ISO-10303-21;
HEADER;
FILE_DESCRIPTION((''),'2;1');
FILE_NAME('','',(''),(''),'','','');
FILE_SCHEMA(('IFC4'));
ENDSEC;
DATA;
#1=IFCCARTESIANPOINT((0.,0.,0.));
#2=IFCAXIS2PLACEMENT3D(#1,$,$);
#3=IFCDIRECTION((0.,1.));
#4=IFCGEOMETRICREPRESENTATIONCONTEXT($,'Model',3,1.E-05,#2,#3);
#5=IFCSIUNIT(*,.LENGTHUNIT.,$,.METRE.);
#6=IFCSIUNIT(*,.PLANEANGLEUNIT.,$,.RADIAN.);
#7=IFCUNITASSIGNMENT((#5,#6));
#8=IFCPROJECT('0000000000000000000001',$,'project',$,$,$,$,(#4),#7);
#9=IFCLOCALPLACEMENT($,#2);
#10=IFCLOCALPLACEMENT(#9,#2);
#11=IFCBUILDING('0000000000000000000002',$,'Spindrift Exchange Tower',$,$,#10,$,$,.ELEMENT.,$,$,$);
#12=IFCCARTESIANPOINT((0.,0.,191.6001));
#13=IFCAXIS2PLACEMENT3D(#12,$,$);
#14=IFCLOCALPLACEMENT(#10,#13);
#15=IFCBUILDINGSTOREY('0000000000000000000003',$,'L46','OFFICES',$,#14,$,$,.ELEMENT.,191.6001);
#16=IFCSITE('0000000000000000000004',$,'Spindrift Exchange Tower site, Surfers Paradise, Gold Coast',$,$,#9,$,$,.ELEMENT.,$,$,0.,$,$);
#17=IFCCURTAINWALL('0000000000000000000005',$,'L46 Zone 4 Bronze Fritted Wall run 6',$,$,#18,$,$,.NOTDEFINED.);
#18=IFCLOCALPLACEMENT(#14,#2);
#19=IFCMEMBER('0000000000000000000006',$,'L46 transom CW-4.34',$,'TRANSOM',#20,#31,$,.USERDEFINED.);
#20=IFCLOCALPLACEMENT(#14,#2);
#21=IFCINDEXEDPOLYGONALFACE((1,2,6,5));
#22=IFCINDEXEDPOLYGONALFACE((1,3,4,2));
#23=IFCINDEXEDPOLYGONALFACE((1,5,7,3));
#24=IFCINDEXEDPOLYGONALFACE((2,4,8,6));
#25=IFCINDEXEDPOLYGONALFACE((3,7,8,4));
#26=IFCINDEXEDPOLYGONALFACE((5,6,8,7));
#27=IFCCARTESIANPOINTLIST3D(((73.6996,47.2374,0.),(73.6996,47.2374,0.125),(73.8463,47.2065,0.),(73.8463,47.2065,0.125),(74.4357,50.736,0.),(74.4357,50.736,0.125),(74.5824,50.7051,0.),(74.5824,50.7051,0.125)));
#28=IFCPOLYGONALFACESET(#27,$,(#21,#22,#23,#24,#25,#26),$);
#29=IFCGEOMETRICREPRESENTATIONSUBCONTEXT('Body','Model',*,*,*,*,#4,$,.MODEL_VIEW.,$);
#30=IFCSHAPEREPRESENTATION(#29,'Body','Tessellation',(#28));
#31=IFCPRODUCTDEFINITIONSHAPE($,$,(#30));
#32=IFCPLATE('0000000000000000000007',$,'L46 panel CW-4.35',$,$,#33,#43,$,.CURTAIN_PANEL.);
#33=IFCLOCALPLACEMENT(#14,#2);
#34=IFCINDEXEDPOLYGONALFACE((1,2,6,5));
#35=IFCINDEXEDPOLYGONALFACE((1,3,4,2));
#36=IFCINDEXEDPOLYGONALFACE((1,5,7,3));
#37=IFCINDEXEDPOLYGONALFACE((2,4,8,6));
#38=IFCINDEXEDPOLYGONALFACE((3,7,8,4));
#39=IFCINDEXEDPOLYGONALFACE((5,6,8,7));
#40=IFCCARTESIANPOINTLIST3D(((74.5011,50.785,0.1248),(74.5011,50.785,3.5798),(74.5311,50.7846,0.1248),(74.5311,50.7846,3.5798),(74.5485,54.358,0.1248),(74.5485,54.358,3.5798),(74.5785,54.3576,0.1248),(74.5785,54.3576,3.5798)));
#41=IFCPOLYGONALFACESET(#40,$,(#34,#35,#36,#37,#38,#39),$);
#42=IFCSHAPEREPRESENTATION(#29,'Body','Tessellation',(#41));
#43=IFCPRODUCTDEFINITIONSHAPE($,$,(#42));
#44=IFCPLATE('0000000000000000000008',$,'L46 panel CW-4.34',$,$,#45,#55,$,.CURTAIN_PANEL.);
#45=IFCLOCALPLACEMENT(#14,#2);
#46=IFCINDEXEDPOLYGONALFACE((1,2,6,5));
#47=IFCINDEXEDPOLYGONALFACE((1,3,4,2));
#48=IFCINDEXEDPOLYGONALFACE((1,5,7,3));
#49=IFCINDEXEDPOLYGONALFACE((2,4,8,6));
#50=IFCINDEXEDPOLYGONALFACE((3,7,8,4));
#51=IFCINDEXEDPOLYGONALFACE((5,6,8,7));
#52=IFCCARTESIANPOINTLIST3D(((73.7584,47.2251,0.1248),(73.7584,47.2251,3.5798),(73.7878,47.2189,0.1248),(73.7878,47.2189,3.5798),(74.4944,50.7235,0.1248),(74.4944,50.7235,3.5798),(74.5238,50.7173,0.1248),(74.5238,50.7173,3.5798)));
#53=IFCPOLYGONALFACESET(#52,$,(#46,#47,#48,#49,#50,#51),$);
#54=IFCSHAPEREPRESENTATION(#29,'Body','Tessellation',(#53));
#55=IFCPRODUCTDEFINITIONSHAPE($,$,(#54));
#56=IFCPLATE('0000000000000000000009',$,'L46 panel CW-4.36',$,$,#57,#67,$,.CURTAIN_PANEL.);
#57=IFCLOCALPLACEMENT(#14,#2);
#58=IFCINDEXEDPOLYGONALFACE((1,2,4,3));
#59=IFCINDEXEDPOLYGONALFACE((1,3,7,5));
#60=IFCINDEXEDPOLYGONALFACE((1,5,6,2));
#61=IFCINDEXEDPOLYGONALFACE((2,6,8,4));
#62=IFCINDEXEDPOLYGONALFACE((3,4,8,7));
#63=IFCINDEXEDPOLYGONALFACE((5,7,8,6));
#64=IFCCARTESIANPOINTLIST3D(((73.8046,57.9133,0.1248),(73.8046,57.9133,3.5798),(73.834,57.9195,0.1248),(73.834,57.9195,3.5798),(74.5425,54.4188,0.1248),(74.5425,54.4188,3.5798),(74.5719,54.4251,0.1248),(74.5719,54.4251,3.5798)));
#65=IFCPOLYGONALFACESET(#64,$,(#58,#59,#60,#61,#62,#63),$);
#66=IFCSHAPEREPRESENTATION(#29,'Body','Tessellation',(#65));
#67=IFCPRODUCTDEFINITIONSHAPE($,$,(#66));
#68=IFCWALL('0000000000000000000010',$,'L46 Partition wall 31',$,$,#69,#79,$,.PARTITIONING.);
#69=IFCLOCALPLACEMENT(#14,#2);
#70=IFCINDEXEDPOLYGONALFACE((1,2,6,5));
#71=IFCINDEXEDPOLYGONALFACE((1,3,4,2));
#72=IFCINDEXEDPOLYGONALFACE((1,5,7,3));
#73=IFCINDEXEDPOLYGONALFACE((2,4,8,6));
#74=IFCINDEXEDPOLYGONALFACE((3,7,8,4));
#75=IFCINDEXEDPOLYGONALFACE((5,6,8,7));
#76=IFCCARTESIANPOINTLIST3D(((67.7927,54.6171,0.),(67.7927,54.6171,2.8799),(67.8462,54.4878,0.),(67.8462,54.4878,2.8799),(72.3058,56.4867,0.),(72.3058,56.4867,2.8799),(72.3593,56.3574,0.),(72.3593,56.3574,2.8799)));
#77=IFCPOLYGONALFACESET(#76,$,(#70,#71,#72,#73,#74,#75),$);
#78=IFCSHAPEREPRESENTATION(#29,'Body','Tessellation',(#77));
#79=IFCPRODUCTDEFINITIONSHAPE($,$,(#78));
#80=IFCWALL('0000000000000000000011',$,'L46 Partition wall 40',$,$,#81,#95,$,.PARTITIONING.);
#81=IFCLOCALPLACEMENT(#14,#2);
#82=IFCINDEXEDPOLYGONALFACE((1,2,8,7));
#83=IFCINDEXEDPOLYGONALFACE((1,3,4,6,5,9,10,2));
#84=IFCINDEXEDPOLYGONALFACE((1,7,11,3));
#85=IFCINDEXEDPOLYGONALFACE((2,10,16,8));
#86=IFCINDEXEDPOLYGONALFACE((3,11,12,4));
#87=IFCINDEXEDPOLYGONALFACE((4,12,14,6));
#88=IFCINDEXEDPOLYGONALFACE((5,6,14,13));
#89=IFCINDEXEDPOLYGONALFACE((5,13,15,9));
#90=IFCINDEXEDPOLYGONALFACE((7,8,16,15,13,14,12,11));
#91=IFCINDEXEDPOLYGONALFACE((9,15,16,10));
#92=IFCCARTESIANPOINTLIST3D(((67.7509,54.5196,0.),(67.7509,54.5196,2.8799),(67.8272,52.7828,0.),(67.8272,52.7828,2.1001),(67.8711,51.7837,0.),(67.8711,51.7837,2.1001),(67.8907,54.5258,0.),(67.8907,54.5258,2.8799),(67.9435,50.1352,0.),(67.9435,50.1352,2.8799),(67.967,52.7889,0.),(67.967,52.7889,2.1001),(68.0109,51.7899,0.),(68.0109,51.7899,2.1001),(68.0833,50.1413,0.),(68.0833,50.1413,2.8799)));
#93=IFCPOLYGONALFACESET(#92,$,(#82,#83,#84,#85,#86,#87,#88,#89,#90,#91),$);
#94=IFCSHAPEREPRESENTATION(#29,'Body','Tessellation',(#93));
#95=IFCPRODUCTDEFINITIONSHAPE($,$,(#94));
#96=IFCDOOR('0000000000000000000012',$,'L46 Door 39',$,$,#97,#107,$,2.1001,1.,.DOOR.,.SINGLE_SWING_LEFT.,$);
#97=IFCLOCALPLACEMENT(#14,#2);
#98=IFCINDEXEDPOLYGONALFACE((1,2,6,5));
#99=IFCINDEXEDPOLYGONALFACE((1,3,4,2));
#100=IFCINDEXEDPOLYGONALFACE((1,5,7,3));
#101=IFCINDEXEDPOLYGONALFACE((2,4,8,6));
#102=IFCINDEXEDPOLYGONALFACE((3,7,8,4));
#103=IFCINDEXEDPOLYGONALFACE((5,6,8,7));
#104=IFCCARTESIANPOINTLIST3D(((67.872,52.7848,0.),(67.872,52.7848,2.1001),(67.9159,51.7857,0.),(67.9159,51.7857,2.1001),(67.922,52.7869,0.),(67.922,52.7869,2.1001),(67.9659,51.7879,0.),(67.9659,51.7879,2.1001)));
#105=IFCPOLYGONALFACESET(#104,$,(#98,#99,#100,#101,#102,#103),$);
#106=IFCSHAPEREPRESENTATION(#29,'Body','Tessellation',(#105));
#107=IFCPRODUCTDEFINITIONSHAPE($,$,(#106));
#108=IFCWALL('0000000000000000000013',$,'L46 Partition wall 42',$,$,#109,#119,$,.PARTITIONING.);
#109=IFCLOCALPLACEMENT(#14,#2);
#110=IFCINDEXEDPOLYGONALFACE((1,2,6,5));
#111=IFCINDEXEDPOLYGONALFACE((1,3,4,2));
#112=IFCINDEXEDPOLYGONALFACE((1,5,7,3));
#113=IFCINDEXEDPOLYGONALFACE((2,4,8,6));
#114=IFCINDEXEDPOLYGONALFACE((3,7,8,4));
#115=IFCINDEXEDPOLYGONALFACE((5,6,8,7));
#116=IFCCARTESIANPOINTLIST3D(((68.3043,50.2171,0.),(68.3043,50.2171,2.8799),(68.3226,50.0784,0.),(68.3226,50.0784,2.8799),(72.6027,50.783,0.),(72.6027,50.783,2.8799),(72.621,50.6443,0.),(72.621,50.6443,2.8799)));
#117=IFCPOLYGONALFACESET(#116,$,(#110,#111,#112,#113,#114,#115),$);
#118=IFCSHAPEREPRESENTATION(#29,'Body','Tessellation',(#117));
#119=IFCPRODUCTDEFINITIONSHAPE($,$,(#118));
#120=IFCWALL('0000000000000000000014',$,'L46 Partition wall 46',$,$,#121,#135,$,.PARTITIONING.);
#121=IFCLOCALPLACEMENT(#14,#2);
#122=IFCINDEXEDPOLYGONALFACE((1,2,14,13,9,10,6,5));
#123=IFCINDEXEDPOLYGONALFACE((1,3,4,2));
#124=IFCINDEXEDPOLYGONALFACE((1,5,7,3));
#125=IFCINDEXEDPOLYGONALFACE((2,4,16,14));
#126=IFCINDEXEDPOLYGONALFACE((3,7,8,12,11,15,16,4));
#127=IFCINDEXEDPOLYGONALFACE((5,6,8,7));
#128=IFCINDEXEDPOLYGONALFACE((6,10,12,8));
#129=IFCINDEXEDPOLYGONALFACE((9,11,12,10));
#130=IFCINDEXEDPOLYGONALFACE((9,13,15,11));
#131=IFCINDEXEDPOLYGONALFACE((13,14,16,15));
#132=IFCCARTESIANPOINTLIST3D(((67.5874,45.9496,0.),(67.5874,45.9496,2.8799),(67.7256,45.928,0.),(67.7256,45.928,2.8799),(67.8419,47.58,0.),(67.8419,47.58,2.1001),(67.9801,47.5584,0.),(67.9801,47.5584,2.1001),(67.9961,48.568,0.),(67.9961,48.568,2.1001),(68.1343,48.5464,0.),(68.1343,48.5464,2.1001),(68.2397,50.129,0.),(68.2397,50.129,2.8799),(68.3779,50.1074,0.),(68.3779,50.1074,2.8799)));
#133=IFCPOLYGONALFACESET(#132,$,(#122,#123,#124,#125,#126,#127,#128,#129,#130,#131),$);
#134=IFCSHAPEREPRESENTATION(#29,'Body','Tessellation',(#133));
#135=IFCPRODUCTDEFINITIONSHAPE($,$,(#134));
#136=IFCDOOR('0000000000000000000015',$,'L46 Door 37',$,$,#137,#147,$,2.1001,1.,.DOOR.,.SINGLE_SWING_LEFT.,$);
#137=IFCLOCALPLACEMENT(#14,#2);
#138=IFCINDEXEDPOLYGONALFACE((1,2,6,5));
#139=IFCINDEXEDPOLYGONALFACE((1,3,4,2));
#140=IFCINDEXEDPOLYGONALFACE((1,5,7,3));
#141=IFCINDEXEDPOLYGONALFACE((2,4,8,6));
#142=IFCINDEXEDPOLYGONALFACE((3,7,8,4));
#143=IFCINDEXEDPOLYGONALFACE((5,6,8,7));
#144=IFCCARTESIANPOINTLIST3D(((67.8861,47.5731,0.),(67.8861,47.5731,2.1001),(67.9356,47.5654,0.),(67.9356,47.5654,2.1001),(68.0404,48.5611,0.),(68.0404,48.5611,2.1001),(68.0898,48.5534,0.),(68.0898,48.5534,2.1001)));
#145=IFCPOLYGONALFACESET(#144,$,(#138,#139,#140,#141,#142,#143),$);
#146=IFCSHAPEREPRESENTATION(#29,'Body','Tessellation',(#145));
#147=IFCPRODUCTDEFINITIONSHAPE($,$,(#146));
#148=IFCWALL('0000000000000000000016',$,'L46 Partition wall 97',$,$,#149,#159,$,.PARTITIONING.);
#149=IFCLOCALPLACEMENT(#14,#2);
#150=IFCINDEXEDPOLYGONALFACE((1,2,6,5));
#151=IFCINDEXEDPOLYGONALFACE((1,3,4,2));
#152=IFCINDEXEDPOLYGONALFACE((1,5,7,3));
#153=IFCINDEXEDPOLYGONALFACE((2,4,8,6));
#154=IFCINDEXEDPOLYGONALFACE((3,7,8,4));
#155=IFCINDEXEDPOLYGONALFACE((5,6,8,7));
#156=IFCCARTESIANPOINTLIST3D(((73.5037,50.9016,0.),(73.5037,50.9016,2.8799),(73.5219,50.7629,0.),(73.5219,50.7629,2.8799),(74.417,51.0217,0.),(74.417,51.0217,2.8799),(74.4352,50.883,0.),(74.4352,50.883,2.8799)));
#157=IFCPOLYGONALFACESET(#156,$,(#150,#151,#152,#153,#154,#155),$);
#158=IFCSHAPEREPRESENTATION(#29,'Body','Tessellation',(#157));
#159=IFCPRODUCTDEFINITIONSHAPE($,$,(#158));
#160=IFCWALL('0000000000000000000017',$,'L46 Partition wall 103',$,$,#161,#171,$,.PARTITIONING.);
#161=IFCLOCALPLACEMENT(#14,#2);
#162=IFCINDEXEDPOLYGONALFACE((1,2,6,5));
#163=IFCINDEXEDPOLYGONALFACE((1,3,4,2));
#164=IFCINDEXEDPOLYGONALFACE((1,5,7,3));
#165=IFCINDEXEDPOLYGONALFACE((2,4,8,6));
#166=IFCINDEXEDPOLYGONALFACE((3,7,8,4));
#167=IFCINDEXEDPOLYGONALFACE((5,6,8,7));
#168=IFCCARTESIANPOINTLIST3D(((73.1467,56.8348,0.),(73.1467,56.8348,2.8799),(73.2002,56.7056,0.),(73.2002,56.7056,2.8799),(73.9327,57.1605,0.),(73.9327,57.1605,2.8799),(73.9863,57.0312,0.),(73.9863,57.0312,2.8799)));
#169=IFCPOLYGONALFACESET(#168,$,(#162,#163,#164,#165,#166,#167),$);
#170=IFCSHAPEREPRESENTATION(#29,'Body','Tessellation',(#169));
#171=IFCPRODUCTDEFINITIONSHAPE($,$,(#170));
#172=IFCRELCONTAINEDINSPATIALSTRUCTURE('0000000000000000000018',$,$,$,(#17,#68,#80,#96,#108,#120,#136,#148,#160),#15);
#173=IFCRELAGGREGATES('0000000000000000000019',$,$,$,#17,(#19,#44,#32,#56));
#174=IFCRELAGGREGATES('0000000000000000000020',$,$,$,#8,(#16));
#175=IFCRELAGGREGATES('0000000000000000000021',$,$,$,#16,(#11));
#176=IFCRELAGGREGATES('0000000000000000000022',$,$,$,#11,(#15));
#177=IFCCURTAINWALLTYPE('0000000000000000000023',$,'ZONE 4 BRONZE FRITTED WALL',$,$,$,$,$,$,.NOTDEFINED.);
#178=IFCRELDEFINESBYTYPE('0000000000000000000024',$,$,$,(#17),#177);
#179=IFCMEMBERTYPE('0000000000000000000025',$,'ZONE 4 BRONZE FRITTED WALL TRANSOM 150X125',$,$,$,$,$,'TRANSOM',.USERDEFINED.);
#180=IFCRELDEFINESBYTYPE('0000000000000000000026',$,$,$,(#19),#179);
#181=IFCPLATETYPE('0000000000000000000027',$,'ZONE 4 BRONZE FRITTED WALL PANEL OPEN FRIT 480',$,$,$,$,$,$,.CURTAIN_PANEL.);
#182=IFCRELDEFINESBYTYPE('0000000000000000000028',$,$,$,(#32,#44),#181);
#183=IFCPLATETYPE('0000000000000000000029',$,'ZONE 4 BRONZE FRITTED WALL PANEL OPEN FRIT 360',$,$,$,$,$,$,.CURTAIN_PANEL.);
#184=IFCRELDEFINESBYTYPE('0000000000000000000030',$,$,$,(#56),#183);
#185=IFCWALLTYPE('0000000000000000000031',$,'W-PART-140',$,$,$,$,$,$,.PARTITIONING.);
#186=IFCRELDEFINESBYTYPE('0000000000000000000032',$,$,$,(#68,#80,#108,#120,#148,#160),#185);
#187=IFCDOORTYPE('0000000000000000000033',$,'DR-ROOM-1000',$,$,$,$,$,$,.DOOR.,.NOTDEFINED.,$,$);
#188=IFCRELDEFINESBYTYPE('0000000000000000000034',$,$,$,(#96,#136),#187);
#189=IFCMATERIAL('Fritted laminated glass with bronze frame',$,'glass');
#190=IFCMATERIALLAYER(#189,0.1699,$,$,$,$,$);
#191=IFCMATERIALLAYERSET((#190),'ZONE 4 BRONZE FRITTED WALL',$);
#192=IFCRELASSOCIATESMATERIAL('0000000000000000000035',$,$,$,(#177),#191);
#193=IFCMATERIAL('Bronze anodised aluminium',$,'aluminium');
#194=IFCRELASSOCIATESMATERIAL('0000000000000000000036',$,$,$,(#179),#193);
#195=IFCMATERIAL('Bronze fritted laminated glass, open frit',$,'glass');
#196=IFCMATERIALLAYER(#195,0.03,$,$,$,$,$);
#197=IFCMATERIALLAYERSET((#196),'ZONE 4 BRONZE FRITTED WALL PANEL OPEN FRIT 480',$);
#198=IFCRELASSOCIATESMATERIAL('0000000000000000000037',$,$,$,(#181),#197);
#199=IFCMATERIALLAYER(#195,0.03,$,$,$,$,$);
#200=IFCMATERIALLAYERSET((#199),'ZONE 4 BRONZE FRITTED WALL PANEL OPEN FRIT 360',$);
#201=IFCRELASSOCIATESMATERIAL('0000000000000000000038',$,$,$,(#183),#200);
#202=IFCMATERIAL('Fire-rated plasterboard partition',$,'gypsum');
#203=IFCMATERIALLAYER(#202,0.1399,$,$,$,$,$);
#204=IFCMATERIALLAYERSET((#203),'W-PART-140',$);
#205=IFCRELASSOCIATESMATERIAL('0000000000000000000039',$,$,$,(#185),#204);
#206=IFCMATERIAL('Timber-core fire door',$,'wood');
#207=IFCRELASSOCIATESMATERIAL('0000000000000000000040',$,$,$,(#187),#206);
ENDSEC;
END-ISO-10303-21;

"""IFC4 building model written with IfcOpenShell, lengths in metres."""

from ifc_helpers import new_model, si_unit, direction, frame, frame_2d, origin, origin_2d, place, context, subcontext, project, spatial, rectangle, extrude, source, transform, mapped, material, layer, layer_set, material_profile, profile_set, type_object, element, fill, aggregate, save


model = new_model("IFC4")

# Units and contexts
model_context = context("Model", 3, precision=1e-05, world=origin(), true_north=direction((0.0, 1.0)))
body_context = subcontext(model_context, "Body", "Model", "MODEL_VIEW")
ifc_project = project(units=[si_unit("LENGTHUNIT", "METRE"), si_unit("PLANEANGLEUNIT", "RADIAN")], contexts=[model_context])

# Site, building, storey
site_placement = place(None, origin())
site = spatial("IfcSite", under=ifc_project, at=site_placement, Name="Spindrift Exchange Tower site, Surfers Paradise, Gold Coast", CompositionType="ELEMENT", RefElevation=0.0)
building_placement = place(site_placement, origin())
building = spatial("IfcBuilding", under=site, at=building_placement, Name="Spindrift Exchange Tower", CompositionType="ELEMENT")
storey_placement = place(building_placement, frame((0.0, 0.0, 191.6001)))
storey = spatial("IfcBuildingStorey", under=building, at=storey_placement, Name="L46", Description="OFFICES", CompositionType="ELEMENT", Elevation=191.6001)

# Curtain wall, member, plates
ifc_material_1 = material(Name="Fritted laminated glass with bronze frame", Category="glass")
ifc_layer_1 = layer(ifc_material_1, 0.1699)
ifc_layer_set_1 = layer_set([ifc_layer_1], Name="ZONE 4 BRONZE FRITTED WALL")
curtain_wall_type = type_object("IfcCurtainWallType", Name="ZONE 4 BRONZE FRITTED WALL", PredefinedType="NOTDEFINED", material=ifc_layer_set_1)
curtain_wall_placement = place(storey_placement, origin())
curtain_wall = element("IfcCurtainWall", 1, at=curtain_wall_placement, inside=storey, type_object=curtain_wall_type, Name="L46 Zone 4 Bronze Fritted Wall run 6", PredefinedType="NOTDEFINED")
ifc_material_2 = material(Name="Bronze anodised aluminium", Category="aluminium")
ifc_material_profile_1 = material_profile(ifc_material_2, rectangle(XDim=0.1499, YDim=0.125, at=origin_2d()), Name="ZONE 4 BRONZE FRITTED WALL TRANSOM 150X125")
ifc_profile_set_1 = profile_set([ifc_material_profile_1], Name="Bronze anodised aluminium")
member_type_1 = type_object("IfcMemberType", Name="ZONE 4 BRONZE FRITTED WALL TRANSOM 150X125", ElementType="TRANSOM", PredefinedType="USERDEFINED", material=ifc_profile_set_1)
shared_shape_1 = source(origin(), body_context, "Body", "SweptSolid", [
    extrude(rectangle(XDim=0.1499, YDim=0.125, at=origin_2d()), origin(), (0.0, 0.0, 1.0), 3.5752),
])
member_1_placement = place(storey_placement, frame((73.7729, 47.2219, 0.0625), z_axis=(0.20589, 0.978575, 0.0), x_axis=(-0.978575, 0.20589, 0.0)))
member_1 = element("IfcMember", 2, at=member_1_placement, type_object=member_type_1, Name="L46 transom CW-4.34", ObjectType="TRANSOM", PredefinedType="USERDEFINED", context=body_context, shape_type="MappedRepresentation", body=[
    mapped(shared_shape_1, transform((0.0, 0.0, 0.0), scale=1.0)),
])
ifc_material_3 = material(Name="Bronze fritted laminated glass, open frit", Category="glass")
ifc_layer_2 = layer(ifc_material_3, 0.03)
ifc_layer_set_2 = layer_set([ifc_layer_2], Name="ZONE 4 BRONZE FRITTED WALL PANEL OPEN FRIT 480")
plate_type_1 = type_object("IfcPlateType", Name="ZONE 4 BRONZE FRITTED WALL PANEL OPEN FRIT 480", PredefinedType="CURTAIN_PANEL", material=ifc_layer_set_2)
shared_shape_2 = source(origin(), body_context, "Body", "SweptSolid", [
    extrude(rectangle(XDim=3.5732, YDim=0.03, at=origin_2d()), origin(), (0.0, 0.0, 1.0), 3.4551),
])
plate_1_placement = place(storey_placement, frame((74.5398, 52.5713, 0.1248), z_axis=(0.0, 0.0, 1.0), x_axis=(0.013248, 0.999912, 0.0)))
plate_1 = element("IfcPlate", 3, at=plate_1_placement, type_object=plate_type_1, Name="L46 panel CW-4.35", PredefinedType="CURTAIN_PANEL", context=body_context, shape_type="MappedRepresentation", body=[
    mapped(shared_shape_2, transform((0.0, 0.0, 0.0), scale=1.0)),
])
shared_shape_3 = source(origin(), body_context, "Body", "SweptSolid", [
    extrude(rectangle(XDim=3.575, YDim=0.03, at=origin_2d()), origin(), (0.0, 0.0, 1.0), 3.4551),
])
plate_2_placement = place(storey_placement, frame((74.1411, 48.9712, 0.1248), z_axis=(0.0, 0.0, 1.0), x_axis=(0.20588, 0.978577, 0.0)))
plate_2 = element("IfcPlate", 4, at=plate_2_placement, type_object=plate_type_1, Name="L46 panel CW-4.34", PredefinedType="CURTAIN_PANEL", context=body_context, shape_type="MappedRepresentation", body=[
    mapped(shared_shape_3, transform((0.0, 0.0, 0.0), scale=1.0)),
])
ifc_layer_3 = layer(ifc_material_3, 0.03)
ifc_layer_set_3 = layer_set([ifc_layer_3], Name="ZONE 4 BRONZE FRITTED WALL PANEL OPEN FRIT 360")
plate_type_2 = type_object("IfcPlateType", Name="ZONE 4 BRONZE FRITTED WALL PANEL OPEN FRIT 360", PredefinedType="CURTAIN_PANEL", material=ifc_layer_set_3)
shared_shape_4 = source(origin(), body_context, "Body", "SweptSolid", [
    extrude(rectangle(XDim=3.5715, YDim=0.03, at=origin_2d()), origin(), (0.0, 0.0, 1.0), 3.4551),
])
plate_3_placement = place(storey_placement, frame((74.1882, 56.1692, 0.1248), z_axis=(0.0, 0.0, 1.0), x_axis=(-0.206597, 0.978426, 0.0)))
plate_3 = element("IfcPlate", 5, at=plate_3_placement, type_object=plate_type_2, Name="L46 panel CW-4.36", PredefinedType="CURTAIN_PANEL", context=body_context, shape_type="MappedRepresentation", body=[
    mapped(shared_shape_4, transform((0.0, 0.0, 0.0), scale=1.0)),
])
aggregate(curtain_wall, [member_1, plate_2, plate_1, plate_3])

# Wall
ifc_material_4 = material(Name="Fire-rated plasterboard partition", Category="gypsum")
ifc_layer_4 = layer(ifc_material_4, 0.1399)
ifc_layer_set_4 = layer_set([ifc_layer_4], Name="W-PART-140")
wall_type = type_object("IfcWallType", Name="W-PART-140", PredefinedType="PARTITIONING", material=ifc_layer_set_4)
wall_1_placement = place(storey_placement, frame((67.8196, 54.5525, 0.0), z_axis=(0.0, 0.0, 1.0), x_axis=(0.923865, 0.38272, 0.0)))
element("IfcWall", 6, at=wall_1_placement, inside=storey, type_object=wall_type, Name="L46 Partition wall 31", PredefinedType="PARTITIONING", context=body_context, shape_type="SweptSolid", body=[
    extrude(rectangle(XDim=4.885, YDim=0.1399, at=frame_2d((2.4424, 0.0))), origin(), (0.0, 0.0, 1.0), 2.8799),
])

# Wall, opening, door
wall_2_placement = place(storey_placement, frame((67.8208, 54.5227, 0.0), z_axis=(0.0, 0.0, 1.0), x_axis=(0.043891, -0.999036, 0.0)))
wall_2 = element("IfcWall", 7, at=wall_2_placement, inside=storey, type_object=wall_type, Name="L46 Partition wall 40", PredefinedType="PARTITIONING", context=body_context, shape_type="SweptSolid", body=[
    extrude(rectangle(XDim=4.3887, YDim=0.1399, at=frame_2d((2.1943, 0.0))), origin(), (0.0, 0.0, 1.0), 2.8799),
])
opening_1_placement = place(wall_2_placement, frame((1.7385, 0.0, 0.0)))
opening_1 = element("IfcOpeningElement", 8, at=opening_1_placement, cuts=wall_2, PredefinedType="OPENING", context=body_context, shape_type="SweptSolid", body=[
    extrude(rectangle(XDim=1.0, YDim=2.1001, at=frame_2d((0.5, 1.05))), frame((0.0, 0.0798, 0.0), z_axis=(0.0, -1.0, 0.0), x_axis=(1.0, 0.0, 0.0)), (0.0, 0.0, 1.0), 0.1599),
])
ifc_material_5 = material(Name="Timber-core fire door", Category="wood")
door_type = type_object("IfcDoorType", Name="DR-ROOM-1000", OperationType="NOTDEFINED", PredefinedType="DOOR", material=ifc_material_5)
shared_shape_5 = source(origin(), body_context, "Body", "SweptSolid", [
    extrude(rectangle(XDim=1.0, YDim=2.1001, at=frame_2d((0.5, 1.05))), frame((0.0, 0.0249, 0.0), z_axis=(0.0, -1.0, 0.0), x_axis=(1.0, 0.0, 0.0)), (0.0, 0.0, 1.0), 0.05),
])
door_1_placement = place(opening_1_placement, origin())
door_1 = element("IfcDoor", 9, at=door_1_placement, inside=storey, type_object=door_type, Name="L46 Door 39", OperationType="SINGLE_SWING_LEFT", OverallHeight=2.1001, OverallWidth=1.0, PredefinedType="DOOR", context=body_context, shape_type="MappedRepresentation", body=[
    mapped(shared_shape_5, transform((0.0, 0.0, 0.0), scale=1.0)),
])
fill(opening_1, door_1)

# Wall
wall_3_placement = place(storey_placement, frame((68.3135, 50.1477, 0.0), z_axis=(0.0, 0.0, 1.0), x_axis=(0.991444, 0.130533, 0.0)))
element("IfcWall", 10, at=wall_3_placement, inside=storey, type_object=wall_type, Name="L46 Partition wall 42", PredefinedType="PARTITIONING", context=body_context, shape_type="SweptSolid", body=[
    extrude(rectangle(XDim=4.3354, YDim=0.1399, at=frame_2d((2.1677, 0.0))), origin(), (0.0, 0.0, 1.0), 2.8799),
])

# Wall, opening, door
wall_4_placement = place(storey_placement, frame((68.3088, 50.1182, 0.0), z_axis=(0.0, 0.0, 1.0), x_axis=(-0.154217, -0.988037, 0.0)))
wall_4 = element("IfcWall", 11, at=wall_4_placement, inside=storey, type_object=wall_type, Name="L46 Partition wall 46", PredefinedType="PARTITIONING", context=body_context, shape_type="SweptSolid", body=[
    extrude(rectangle(XDim=4.23, YDim=0.1399, at=frame_2d((2.115, 0.0))), origin(), (0.0, 0.0, 1.0), 2.8799),
])
opening_2_placement = place(wall_4_placement, frame((1.5798, 0.0, 0.0)))
opening_2 = element("IfcOpeningElement", 12, at=opening_2_placement, cuts=wall_4, PredefinedType="OPENING", context=body_context, shape_type="SweptSolid", body=[
    extrude(rectangle(XDim=1.0, YDim=2.1001, at=frame_2d((0.5, 1.05))), frame((0.0, 0.0798, 0.0), z_axis=(0.0, -1.0, 0.0), x_axis=(1.0, 0.0, 0.0)), (0.0, 0.0, 1.0), 0.1599),
])
door_2_placement = place(opening_2_placement, origin())
door_2 = element("IfcDoor", 13, at=door_2_placement, inside=storey, type_object=door_type, Name="L46 Door 37", OperationType="SINGLE_SWING_LEFT", OverallHeight=2.1001, OverallWidth=1.0, PredefinedType="DOOR", context=body_context, shape_type="MappedRepresentation", body=[
    mapped(shared_shape_5, transform((0.0, 0.0, 0.0), scale=1.0)),
])
fill(opening_2, door_2)

# Walls
wall_5_placement = place(storey_placement, frame((73.5129, 50.8323, 0.0), z_axis=(0.0, 0.0, 1.0), x_axis=(0.991462, 0.130393, 0.0)))
element("IfcWall", 14, at=wall_5_placement, inside=storey, type_object=wall_type, Name="L46 Partition wall 97", PredefinedType="PARTITIONING", context=body_context, shape_type="SweptSolid", body=[
    extrude(rectangle(XDim=0.9211, YDim=0.1399, at=frame_2d((0.4604, 0.0))), origin(), (0.0, 0.0, 1.0), 2.8799),
])
wall_6_placement = place(storey_placement, frame((73.1736, 56.7703, 0.0), z_axis=(0.0, 0.0, 1.0), x_axis=(0.923856, 0.38274, 0.0)))
element("IfcWall", 15, at=wall_6_placement, inside=storey, type_object=wall_type, Name="L46 Partition wall 103", PredefinedType="PARTITIONING", context=body_context, shape_type="SweptSolid", body=[
    extrude(rectangle(XDim=0.8508, YDim=0.1399, at=frame_2d((0.4253, 0.0))), origin(), (0.0, 0.0, 1.0), 2.8799),
])

save(model, "model.ifc")
